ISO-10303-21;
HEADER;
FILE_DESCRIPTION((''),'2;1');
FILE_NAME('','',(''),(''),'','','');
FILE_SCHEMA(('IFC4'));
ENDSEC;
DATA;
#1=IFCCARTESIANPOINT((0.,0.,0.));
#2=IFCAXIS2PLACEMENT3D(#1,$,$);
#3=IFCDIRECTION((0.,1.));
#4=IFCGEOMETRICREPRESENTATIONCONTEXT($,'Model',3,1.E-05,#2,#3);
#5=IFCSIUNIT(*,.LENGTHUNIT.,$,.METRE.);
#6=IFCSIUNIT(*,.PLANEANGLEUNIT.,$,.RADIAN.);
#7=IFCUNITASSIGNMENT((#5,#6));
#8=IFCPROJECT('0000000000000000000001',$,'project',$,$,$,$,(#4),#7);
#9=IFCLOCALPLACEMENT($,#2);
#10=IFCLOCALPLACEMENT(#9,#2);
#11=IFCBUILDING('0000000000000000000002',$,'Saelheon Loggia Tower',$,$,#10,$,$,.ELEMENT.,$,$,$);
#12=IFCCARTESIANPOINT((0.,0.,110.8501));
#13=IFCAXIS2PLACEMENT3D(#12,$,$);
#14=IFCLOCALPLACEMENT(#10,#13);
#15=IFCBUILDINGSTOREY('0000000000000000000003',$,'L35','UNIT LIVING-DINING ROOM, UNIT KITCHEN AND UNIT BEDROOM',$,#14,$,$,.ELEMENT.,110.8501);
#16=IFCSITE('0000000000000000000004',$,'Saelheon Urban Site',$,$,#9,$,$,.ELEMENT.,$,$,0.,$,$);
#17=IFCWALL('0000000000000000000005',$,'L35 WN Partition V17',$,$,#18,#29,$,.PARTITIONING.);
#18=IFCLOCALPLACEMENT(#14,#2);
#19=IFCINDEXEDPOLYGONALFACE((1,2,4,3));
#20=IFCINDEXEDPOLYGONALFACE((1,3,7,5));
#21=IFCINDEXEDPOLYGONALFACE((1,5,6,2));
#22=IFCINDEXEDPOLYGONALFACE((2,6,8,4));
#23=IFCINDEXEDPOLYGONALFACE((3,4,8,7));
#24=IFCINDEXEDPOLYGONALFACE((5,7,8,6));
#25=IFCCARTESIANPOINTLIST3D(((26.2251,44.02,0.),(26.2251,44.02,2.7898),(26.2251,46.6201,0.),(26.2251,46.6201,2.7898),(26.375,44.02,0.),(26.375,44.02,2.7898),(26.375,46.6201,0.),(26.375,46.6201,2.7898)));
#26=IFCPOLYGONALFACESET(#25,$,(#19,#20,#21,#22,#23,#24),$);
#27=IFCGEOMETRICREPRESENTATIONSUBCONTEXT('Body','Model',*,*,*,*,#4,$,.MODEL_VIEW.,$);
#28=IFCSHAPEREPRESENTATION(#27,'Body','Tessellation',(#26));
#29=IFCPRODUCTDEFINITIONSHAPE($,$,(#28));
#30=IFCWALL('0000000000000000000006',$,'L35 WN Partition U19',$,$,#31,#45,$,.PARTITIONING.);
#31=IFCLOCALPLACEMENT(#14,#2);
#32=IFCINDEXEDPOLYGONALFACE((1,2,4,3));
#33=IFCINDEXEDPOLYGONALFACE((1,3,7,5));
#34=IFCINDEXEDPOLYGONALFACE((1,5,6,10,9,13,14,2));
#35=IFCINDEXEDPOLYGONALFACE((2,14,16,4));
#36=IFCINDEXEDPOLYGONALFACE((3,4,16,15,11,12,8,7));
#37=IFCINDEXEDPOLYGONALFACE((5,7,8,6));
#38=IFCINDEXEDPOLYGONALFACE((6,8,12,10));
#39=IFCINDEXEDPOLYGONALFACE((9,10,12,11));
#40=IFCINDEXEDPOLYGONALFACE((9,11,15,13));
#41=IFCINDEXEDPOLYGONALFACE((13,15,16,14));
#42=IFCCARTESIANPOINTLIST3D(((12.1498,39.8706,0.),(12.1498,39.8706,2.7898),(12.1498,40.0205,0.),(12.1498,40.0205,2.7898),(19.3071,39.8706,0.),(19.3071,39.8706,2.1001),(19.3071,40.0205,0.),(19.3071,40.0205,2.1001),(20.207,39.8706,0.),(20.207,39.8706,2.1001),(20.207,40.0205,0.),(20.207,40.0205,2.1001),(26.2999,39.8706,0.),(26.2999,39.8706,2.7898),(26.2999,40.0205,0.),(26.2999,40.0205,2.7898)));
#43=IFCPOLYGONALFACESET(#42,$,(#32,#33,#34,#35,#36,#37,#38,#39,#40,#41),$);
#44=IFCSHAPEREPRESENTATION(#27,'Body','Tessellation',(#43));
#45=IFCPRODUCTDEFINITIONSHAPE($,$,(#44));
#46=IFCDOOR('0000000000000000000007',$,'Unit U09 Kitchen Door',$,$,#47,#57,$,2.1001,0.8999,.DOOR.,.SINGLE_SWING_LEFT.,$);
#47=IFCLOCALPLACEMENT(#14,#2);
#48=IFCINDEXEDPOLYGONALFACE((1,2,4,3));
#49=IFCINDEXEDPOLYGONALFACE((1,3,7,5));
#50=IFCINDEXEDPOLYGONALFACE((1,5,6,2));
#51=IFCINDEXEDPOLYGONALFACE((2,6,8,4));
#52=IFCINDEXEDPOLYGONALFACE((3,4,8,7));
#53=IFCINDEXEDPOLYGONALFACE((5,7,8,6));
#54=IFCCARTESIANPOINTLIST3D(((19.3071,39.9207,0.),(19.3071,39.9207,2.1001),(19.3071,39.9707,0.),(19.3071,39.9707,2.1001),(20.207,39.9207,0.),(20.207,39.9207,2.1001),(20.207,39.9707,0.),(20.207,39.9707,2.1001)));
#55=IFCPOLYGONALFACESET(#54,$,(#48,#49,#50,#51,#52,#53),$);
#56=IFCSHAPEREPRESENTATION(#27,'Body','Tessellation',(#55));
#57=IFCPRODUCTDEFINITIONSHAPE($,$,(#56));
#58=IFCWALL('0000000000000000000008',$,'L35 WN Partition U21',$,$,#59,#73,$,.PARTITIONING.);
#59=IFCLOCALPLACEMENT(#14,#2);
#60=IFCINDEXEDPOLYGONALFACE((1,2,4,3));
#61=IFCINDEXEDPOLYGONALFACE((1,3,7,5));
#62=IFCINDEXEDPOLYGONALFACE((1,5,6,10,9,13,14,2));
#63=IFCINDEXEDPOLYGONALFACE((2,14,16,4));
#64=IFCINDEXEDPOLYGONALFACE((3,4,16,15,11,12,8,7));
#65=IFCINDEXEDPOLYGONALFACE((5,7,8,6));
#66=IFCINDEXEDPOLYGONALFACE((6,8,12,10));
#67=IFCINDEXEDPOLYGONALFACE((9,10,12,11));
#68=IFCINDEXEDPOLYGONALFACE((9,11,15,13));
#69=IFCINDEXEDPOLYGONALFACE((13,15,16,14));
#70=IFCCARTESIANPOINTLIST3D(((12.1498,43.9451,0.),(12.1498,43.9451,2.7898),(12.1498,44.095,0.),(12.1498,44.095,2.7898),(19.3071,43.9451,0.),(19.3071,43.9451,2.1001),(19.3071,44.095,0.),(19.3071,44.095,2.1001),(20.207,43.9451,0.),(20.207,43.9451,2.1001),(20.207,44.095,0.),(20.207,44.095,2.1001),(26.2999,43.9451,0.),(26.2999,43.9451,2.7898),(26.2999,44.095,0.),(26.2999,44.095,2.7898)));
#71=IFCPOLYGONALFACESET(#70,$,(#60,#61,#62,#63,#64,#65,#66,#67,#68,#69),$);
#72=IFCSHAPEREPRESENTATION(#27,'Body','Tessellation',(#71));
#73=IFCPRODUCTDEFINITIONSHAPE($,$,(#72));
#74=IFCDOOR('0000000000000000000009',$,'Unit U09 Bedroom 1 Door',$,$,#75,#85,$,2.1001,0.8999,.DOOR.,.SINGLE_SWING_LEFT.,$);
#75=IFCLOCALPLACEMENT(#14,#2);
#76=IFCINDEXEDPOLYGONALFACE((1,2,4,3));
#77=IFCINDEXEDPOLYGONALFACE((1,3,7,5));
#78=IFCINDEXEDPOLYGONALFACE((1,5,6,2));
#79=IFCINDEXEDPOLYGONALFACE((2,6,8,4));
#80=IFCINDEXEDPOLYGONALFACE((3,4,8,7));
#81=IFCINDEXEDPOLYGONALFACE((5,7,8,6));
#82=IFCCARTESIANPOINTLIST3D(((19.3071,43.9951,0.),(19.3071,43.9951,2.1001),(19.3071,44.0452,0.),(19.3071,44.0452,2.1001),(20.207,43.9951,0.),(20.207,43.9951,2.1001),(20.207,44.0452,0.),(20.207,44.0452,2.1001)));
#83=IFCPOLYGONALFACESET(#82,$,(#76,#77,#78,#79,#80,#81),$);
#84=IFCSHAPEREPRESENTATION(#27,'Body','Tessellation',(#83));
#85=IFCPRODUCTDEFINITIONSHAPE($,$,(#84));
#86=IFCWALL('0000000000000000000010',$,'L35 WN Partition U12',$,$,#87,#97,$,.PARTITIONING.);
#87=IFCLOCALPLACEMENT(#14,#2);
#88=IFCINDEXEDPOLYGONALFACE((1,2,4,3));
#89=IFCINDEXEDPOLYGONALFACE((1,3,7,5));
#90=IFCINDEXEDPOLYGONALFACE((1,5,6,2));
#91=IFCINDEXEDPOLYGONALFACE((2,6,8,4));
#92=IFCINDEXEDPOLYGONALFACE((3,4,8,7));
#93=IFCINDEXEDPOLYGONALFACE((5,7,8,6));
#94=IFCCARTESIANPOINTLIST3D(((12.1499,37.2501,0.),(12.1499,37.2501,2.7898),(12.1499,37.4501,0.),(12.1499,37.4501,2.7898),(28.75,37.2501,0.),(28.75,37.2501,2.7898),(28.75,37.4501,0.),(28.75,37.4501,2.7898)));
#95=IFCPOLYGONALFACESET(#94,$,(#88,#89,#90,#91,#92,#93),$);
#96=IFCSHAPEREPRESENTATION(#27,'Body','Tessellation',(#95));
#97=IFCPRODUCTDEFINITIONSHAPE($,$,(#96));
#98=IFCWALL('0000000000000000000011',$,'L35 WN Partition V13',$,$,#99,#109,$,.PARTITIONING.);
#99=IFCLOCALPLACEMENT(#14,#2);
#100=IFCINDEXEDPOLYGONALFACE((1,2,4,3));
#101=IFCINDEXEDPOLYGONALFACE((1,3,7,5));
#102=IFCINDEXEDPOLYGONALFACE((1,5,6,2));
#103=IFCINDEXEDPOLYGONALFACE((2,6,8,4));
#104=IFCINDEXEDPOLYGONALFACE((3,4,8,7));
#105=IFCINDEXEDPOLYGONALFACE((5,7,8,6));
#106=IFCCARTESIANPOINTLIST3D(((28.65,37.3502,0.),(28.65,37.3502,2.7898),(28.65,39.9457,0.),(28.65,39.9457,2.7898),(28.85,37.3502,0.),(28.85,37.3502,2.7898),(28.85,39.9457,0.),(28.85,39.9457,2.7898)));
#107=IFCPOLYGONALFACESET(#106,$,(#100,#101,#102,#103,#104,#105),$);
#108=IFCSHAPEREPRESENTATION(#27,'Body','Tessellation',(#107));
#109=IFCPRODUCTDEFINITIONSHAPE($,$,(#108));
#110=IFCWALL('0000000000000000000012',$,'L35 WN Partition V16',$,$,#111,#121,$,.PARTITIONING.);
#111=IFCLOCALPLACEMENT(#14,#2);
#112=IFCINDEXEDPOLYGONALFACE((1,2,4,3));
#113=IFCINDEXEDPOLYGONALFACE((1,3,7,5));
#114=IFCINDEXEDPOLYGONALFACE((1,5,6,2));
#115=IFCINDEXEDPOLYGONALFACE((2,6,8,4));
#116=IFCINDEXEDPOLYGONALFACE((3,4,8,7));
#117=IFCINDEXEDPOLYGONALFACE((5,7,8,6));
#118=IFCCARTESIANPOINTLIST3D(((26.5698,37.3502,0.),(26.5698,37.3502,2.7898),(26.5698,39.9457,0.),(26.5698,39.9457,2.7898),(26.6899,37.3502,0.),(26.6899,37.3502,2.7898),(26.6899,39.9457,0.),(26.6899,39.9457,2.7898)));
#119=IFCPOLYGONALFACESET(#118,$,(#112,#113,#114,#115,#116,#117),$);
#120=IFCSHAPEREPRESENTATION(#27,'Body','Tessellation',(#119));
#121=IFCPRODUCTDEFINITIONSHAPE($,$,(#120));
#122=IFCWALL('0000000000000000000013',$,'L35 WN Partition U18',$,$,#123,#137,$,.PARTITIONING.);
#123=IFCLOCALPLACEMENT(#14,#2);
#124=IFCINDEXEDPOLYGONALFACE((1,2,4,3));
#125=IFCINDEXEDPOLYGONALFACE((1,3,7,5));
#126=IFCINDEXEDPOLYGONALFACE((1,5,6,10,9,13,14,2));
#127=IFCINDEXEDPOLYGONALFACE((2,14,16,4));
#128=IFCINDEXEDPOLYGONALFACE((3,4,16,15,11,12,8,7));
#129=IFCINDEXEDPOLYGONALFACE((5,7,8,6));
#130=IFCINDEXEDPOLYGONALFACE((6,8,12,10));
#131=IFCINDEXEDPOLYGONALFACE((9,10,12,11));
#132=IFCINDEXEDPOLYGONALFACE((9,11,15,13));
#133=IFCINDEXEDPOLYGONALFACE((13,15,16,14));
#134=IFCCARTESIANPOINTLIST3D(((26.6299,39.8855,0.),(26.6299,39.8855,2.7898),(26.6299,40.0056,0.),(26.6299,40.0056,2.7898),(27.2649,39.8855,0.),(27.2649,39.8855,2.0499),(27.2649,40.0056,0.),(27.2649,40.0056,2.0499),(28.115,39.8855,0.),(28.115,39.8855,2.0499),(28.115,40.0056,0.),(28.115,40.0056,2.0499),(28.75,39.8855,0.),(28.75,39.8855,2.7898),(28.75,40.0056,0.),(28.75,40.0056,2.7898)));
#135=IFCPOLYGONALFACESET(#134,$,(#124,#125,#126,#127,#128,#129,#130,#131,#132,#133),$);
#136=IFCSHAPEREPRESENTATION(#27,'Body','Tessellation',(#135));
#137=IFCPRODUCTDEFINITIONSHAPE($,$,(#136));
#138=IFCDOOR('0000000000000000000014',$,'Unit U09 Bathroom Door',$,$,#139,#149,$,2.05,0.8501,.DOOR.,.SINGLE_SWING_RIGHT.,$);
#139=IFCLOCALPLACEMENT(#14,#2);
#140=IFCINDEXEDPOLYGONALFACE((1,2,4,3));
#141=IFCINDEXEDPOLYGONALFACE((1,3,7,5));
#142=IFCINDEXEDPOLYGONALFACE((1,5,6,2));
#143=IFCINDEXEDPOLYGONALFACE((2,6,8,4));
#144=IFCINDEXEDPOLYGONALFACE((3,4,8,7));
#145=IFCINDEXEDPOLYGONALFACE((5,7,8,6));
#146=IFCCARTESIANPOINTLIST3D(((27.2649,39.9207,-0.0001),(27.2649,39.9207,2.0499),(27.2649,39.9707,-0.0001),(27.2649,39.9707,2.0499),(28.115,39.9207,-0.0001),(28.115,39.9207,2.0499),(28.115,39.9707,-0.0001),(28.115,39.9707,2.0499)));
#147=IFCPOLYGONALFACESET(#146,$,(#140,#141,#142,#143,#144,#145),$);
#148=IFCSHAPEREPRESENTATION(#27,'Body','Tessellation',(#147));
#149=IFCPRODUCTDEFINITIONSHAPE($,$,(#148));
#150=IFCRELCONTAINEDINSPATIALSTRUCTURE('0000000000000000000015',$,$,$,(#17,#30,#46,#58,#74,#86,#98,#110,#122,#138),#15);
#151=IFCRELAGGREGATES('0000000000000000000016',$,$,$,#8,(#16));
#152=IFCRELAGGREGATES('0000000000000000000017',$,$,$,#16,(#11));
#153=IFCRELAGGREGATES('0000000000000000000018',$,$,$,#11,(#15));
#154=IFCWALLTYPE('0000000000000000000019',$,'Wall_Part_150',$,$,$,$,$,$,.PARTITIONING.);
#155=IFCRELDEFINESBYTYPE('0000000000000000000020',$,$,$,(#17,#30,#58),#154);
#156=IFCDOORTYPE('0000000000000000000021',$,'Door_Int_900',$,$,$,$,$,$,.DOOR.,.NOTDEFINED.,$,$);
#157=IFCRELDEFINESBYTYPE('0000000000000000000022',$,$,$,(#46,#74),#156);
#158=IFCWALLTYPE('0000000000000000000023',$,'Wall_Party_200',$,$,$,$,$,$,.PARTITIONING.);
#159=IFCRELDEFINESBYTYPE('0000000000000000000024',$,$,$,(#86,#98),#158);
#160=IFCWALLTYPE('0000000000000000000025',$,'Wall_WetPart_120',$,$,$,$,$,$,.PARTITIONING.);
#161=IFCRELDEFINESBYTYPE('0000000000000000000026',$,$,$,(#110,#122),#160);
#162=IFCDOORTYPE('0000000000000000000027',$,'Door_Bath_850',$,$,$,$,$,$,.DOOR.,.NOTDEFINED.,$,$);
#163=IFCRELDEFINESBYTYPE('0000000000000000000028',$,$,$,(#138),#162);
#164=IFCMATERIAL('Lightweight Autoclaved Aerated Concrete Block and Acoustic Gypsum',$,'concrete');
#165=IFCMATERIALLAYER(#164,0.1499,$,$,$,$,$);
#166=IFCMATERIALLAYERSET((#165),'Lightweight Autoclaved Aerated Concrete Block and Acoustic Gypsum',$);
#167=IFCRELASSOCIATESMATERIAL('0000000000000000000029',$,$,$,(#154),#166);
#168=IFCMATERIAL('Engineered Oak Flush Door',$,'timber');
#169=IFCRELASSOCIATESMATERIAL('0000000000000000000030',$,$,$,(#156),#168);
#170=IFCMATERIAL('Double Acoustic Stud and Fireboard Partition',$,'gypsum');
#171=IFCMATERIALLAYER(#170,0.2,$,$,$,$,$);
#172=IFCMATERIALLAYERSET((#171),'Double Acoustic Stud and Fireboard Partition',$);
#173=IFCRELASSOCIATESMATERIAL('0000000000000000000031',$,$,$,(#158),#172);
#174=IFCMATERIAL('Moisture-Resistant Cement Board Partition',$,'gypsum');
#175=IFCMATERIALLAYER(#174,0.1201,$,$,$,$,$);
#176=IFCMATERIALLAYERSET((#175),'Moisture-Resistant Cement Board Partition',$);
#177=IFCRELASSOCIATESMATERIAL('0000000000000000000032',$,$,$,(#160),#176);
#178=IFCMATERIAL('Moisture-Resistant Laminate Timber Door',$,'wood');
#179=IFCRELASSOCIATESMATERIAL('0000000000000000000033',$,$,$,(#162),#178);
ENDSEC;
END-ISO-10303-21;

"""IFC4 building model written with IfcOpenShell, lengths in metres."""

from ifc_helpers import new_model, si_unit, direction, frame, frame_2d, origin, place, context, subcontext, project, spatial, rectangle, extrude, source, transform, mapped, material, layer, layer_set, type_object, element, fill, save


model = new_model("IFC4")

# Units and contexts
model_context = context("Model", 3, precision=1e-05, world=origin(), true_north=direction((0.0, 1.0)))
body_context = subcontext(model_context, "Body", "Model", "MODEL_VIEW")
ifc_project = project(units=[si_unit("LENGTHUNIT", "METRE"), si_unit("PLANEANGLEUNIT", "RADIAN")], contexts=[model_context])

# Site, building, storey
site_placement = place(None, origin())
site = spatial("IfcSite", under=ifc_project, at=site_placement, Name="Saelheon Urban Site", CompositionType="ELEMENT", RefElevation=0.0)
building_placement = place(site_placement, origin())
building = spatial("IfcBuilding", under=site, at=building_placement, Name="Saelheon Loggia Tower", CompositionType="ELEMENT")
storey_placement = place(building_placement, frame((0.0, 0.0, 110.8501)))
storey = spatial("IfcBuildingStorey", under=building, at=storey_placement, Name="L35", Description="UNIT LIVING-DINING ROOM, UNIT KITCHEN AND UNIT BEDROOM", CompositionType="ELEMENT", Elevation=110.8501)

# Wall
ifc_material_1 = material(Name="Lightweight Autoclaved Aerated Concrete Block and Acoustic Gypsum", Category="concrete")
ifc_layer_1 = layer(ifc_material_1, 0.1499)
ifc_layer_set_1 = layer_set([ifc_layer_1], Name="Lightweight Autoclaved Aerated Concrete Block and Acoustic Gypsum")
wall_type_1 = type_object("IfcWallType", Name="Wall_Part_150", PredefinedType="PARTITIONING", material=ifc_layer_set_1)
wall_1_placement = place(storey_placement, frame((26.3, 44.02, 0.0), z_axis=(0.0, 0.0, 1.0), x_axis=(0.0, 1.0, 0.0)))
element("IfcWall", 1, at=wall_1_placement, inside=storey, type_object=wall_type_1, Name="L35 WN Partition V17", PredefinedType="PARTITIONING", context=body_context, shape_type="SweptSolid", body=[
    extrude(rectangle(XDim=2.6001, YDim=0.1499, at=frame_2d((1.3, 0.0))), origin(), (0.0, 0.0, 1.0), 2.7898),
])

# Walls, openings, doors
wall_2_placement = place(storey_placement, frame((26.3, 39.9456, 0.0), z_axis=(0.0, 0.0, 1.0), x_axis=(-1.0, 0.0, 0.0)))
wall_2 = element("IfcWall", 2, at=wall_2_placement, inside=storey, type_object=wall_type_1, Name="L35 WN Partition U19", PredefinedType="PARTITIONING", context=body_context, shape_type="SweptSolid", body=[
    extrude(rectangle(XDim=14.1501, YDim=0.1499, at=frame_2d((7.0752, 0.0))), origin(), (0.0, 0.0, 1.0), 2.7898),
])
opening_1_placement = place(wall_2_placement, frame((6.093, 0.0, 0.0)))
opening_1 = element("IfcOpeningElement", 3, at=opening_1_placement, cuts=wall_2, PredefinedType="OPENING", context=body_context, shape_type="SweptSolid", body=[
    extrude(rectangle(XDim=0.8999, YDim=2.1001, at=frame_2d((0.45, 1.05))), frame((0.0, 0.0869, 0.0), z_axis=(0.0, -1.0, 0.0), x_axis=(1.0, 0.0, 0.0)), (0.0, 0.0, 1.0), 0.1738),
])
ifc_material_2 = material(Name="Engineered Oak Flush Door", Category="timber")
door_type_1 = type_object("IfcDoorType", Name="Door_Int_900", OperationType="NOTDEFINED", PredefinedType="DOOR", material=ifc_material_2)
shared_shape_1 = source(origin(), body_context, "Body", "SweptSolid", [
    extrude(rectangle(XDim=0.8999, YDim=2.1001, at=frame_2d((0.45, 1.05))), frame((0.0, 0.0249, 0.0), z_axis=(0.0, -1.0, 0.0), x_axis=(1.0, 0.0, 0.0)), (0.0, 0.0, 1.0), 0.05),
])
door_1_placement = place(opening_1_placement, origin())
door_1 = element("IfcDoor", 4, at=door_1_placement, inside=storey, type_object=door_type_1, Name="Unit U09 Kitchen Door", OperationType="SINGLE_SWING_LEFT", OverallHeight=2.1001, OverallWidth=0.8999, PredefinedType="DOOR", context=body_context, shape_type="MappedRepresentation", body=[
    mapped(shared_shape_1, transform((0.0, 0.0, 0.0), scale=1.0)),
])
fill(opening_1, door_1)
wall_3_placement = place(storey_placement, frame((26.3, 44.02, 0.0), z_axis=(0.0, 0.0, 1.0), x_axis=(-1.0, 0.0, 0.0)))
wall_3 = element("IfcWall", 5, at=wall_3_placement, inside=storey, type_object=wall_type_1, Name="L35 WN Partition U21", PredefinedType="PARTITIONING", context=body_context, shape_type="SweptSolid", body=[
    extrude(rectangle(XDim=14.1501, YDim=0.1499, at=frame_2d((7.0752, 0.0))), origin(), (0.0, 0.0, 1.0), 2.7898),
])
opening_2_placement = place(wall_3_placement, frame((6.093, 0.0, 0.0)))
opening_2 = element("IfcOpeningElement", 6, at=opening_2_placement, cuts=wall_3, PredefinedType="OPENING", context=body_context, shape_type="SweptSolid", body=[
    extrude(rectangle(XDim=0.8999, YDim=2.1001, at=frame_2d((0.45, 1.05))), frame((0.0, 0.0869, 0.0), z_axis=(0.0, -1.0, 0.0), x_axis=(1.0, 0.0, 0.0)), (0.0, 0.0, 1.0), 0.1738),
])
door_2_placement = place(opening_2_placement, origin())
door_2 = element("IfcDoor", 7, at=door_2_placement, inside=storey, type_object=door_type_1, Name="Unit U09 Bedroom 1 Door", OperationType="SINGLE_SWING_LEFT", OverallHeight=2.1001, OverallWidth=0.8999, PredefinedType="DOOR", context=body_context, shape_type="MappedRepresentation", body=[
    mapped(shared_shape_1, transform((0.0, 0.0, 0.0), scale=1.0)),
])
fill(opening_2, door_2)

# Walls
ifc_material_3 = material(Name="Double Acoustic Stud and Fireboard Partition", Category="gypsum")
ifc_layer_2 = layer(ifc_material_3, 0.2)
ifc_layer_set_2 = layer_set([ifc_layer_2], Name="Double Acoustic Stud and Fireboard Partition")
wall_type_2 = type_object("IfcWallType", Name="Wall_Party_200", PredefinedType="PARTITIONING", material=ifc_layer_set_2)
wall_4_placement = place(storey_placement, frame((28.75, 37.3501, 0.0), z_axis=(0.0, 0.0, 1.0), x_axis=(-1.0, 0.0, 0.0)))
element("IfcWall", 8, at=wall_4_placement, inside=storey, type_object=wall_type_2, Name="L35 WN Partition U12", PredefinedType="PARTITIONING", context=body_context, shape_type="SweptSolid", body=[
    extrude(rectangle(XDim=16.6001, YDim=0.2, at=frame_2d((8.3, 0.0))), origin(), (0.0, 0.0, 1.0), 2.7898),
])
wall_5_placement = place(storey_placement, frame((28.75, 37.3501, 0.0), z_axis=(0.0, 0.0, 1.0), x_axis=(0.0, 1.0, 0.0)))
element("IfcWall", 9, at=wall_5_placement, inside=storey, type_object=wall_type_2, Name="L35 WN Partition V13", PredefinedType="PARTITIONING", context=body_context, shape_type="SweptSolid", body=[
    extrude(rectangle(XDim=2.5955, YDim=0.2, at=frame_2d((1.2979, 0.0))), origin(), (0.0, 0.0, 1.0), 2.7898),
])

# Wall
ifc_material_4 = material(Name="Moisture-Resistant Cement Board Partition", Category="gypsum")
ifc_layer_3 = layer(ifc_material_4, 0.1201)
ifc_layer_set_3 = layer_set([ifc_layer_3], Name="Moisture-Resistant Cement Board Partition")
wall_type_3 = type_object("IfcWallType", Name="Wall_WetPart_120", PredefinedType="PARTITIONING", material=ifc_layer_set_3)
wall_6_placement = place(storey_placement, frame((26.6299, 37.3501, 0.0), z_axis=(0.0, 0.0, 1.0), x_axis=(0.0, 1.0, 0.0)))
element("IfcWall", 10, at=wall_6_placement, inside=storey, type_object=wall_type_3, Name="L35 WN Partition V16", PredefinedType="PARTITIONING", context=body_context, shape_type="SweptSolid", body=[
    extrude(rectangle(XDim=2.5955, YDim=0.1201, at=frame_2d((1.2979, 0.0))), origin(), (0.0, 0.0, 1.0), 2.7898),
])

# Wall, opening, door
wall_7_placement = place(storey_placement, frame((28.75, 39.9456, 0.0), z_axis=(0.0, 0.0, 1.0), x_axis=(-1.0, 0.0, 0.0)))
wall_7 = element("IfcWall", 11, at=wall_7_placement, inside=storey, type_object=wall_type_3, Name="L35 WN Partition U18", PredefinedType="PARTITIONING", context=body_context, shape_type="SweptSolid", body=[
    extrude(rectangle(XDim=2.1201, YDim=0.1201, at=frame_2d((1.0601, 0.0))), origin(), (0.0, 0.0, 1.0), 2.7898),
])
opening_3_placement = place(wall_7_placement, frame((0.635, 0.0, 0.0)))
opening_3 = element("IfcOpeningElement", 12, at=opening_3_placement, cuts=wall_7, PredefinedType="OPENING", context=body_context, shape_type="SweptSolid", body=[
    extrude(rectangle(XDim=0.8501, YDim=2.05, at=frame_2d((0.425, 1.0249))), frame((0.0, 0.072, 0.0), z_axis=(0.0, -1.0, 0.0), x_axis=(1.0, 0.0, 0.0)), (0.0, 0.0, 1.0), 0.144),
])
ifc_material_5 = material(Name="Moisture-Resistant Laminate Timber Door", Category="wood")
door_type_2 = type_object("IfcDoorType", Name="Door_Bath_850", OperationType="NOTDEFINED", PredefinedType="DOOR", material=ifc_material_5)
shared_shape_2 = source(origin(), body_context, "Body", "SweptSolid", [
    extrude(rectangle(XDim=0.8501, YDim=2.05, at=frame_2d((0.425, 1.0249))), frame((0.0, 0.0249, 0.0), z_axis=(0.0, -1.0, 0.0), x_axis=(1.0, 0.0, 0.0)), (0.0, 0.0, 1.0), 0.05),
])
door_3_placement = place(opening_3_placement, origin())
door_3 = element("IfcDoor", 13, at=door_3_placement, inside=storey, type_object=door_type_2, Name="Unit U09 Bathroom Door", OperationType="SINGLE_SWING_RIGHT", OverallHeight=2.05, OverallWidth=0.8501, PredefinedType="DOOR", context=body_context, shape_type="MappedRepresentation", body=[
    mapped(shared_shape_2, transform((0.0, 0.0, 0.0), scale=1.0)),
])
fill(opening_3, door_3)

save(model, "model.ifc")
